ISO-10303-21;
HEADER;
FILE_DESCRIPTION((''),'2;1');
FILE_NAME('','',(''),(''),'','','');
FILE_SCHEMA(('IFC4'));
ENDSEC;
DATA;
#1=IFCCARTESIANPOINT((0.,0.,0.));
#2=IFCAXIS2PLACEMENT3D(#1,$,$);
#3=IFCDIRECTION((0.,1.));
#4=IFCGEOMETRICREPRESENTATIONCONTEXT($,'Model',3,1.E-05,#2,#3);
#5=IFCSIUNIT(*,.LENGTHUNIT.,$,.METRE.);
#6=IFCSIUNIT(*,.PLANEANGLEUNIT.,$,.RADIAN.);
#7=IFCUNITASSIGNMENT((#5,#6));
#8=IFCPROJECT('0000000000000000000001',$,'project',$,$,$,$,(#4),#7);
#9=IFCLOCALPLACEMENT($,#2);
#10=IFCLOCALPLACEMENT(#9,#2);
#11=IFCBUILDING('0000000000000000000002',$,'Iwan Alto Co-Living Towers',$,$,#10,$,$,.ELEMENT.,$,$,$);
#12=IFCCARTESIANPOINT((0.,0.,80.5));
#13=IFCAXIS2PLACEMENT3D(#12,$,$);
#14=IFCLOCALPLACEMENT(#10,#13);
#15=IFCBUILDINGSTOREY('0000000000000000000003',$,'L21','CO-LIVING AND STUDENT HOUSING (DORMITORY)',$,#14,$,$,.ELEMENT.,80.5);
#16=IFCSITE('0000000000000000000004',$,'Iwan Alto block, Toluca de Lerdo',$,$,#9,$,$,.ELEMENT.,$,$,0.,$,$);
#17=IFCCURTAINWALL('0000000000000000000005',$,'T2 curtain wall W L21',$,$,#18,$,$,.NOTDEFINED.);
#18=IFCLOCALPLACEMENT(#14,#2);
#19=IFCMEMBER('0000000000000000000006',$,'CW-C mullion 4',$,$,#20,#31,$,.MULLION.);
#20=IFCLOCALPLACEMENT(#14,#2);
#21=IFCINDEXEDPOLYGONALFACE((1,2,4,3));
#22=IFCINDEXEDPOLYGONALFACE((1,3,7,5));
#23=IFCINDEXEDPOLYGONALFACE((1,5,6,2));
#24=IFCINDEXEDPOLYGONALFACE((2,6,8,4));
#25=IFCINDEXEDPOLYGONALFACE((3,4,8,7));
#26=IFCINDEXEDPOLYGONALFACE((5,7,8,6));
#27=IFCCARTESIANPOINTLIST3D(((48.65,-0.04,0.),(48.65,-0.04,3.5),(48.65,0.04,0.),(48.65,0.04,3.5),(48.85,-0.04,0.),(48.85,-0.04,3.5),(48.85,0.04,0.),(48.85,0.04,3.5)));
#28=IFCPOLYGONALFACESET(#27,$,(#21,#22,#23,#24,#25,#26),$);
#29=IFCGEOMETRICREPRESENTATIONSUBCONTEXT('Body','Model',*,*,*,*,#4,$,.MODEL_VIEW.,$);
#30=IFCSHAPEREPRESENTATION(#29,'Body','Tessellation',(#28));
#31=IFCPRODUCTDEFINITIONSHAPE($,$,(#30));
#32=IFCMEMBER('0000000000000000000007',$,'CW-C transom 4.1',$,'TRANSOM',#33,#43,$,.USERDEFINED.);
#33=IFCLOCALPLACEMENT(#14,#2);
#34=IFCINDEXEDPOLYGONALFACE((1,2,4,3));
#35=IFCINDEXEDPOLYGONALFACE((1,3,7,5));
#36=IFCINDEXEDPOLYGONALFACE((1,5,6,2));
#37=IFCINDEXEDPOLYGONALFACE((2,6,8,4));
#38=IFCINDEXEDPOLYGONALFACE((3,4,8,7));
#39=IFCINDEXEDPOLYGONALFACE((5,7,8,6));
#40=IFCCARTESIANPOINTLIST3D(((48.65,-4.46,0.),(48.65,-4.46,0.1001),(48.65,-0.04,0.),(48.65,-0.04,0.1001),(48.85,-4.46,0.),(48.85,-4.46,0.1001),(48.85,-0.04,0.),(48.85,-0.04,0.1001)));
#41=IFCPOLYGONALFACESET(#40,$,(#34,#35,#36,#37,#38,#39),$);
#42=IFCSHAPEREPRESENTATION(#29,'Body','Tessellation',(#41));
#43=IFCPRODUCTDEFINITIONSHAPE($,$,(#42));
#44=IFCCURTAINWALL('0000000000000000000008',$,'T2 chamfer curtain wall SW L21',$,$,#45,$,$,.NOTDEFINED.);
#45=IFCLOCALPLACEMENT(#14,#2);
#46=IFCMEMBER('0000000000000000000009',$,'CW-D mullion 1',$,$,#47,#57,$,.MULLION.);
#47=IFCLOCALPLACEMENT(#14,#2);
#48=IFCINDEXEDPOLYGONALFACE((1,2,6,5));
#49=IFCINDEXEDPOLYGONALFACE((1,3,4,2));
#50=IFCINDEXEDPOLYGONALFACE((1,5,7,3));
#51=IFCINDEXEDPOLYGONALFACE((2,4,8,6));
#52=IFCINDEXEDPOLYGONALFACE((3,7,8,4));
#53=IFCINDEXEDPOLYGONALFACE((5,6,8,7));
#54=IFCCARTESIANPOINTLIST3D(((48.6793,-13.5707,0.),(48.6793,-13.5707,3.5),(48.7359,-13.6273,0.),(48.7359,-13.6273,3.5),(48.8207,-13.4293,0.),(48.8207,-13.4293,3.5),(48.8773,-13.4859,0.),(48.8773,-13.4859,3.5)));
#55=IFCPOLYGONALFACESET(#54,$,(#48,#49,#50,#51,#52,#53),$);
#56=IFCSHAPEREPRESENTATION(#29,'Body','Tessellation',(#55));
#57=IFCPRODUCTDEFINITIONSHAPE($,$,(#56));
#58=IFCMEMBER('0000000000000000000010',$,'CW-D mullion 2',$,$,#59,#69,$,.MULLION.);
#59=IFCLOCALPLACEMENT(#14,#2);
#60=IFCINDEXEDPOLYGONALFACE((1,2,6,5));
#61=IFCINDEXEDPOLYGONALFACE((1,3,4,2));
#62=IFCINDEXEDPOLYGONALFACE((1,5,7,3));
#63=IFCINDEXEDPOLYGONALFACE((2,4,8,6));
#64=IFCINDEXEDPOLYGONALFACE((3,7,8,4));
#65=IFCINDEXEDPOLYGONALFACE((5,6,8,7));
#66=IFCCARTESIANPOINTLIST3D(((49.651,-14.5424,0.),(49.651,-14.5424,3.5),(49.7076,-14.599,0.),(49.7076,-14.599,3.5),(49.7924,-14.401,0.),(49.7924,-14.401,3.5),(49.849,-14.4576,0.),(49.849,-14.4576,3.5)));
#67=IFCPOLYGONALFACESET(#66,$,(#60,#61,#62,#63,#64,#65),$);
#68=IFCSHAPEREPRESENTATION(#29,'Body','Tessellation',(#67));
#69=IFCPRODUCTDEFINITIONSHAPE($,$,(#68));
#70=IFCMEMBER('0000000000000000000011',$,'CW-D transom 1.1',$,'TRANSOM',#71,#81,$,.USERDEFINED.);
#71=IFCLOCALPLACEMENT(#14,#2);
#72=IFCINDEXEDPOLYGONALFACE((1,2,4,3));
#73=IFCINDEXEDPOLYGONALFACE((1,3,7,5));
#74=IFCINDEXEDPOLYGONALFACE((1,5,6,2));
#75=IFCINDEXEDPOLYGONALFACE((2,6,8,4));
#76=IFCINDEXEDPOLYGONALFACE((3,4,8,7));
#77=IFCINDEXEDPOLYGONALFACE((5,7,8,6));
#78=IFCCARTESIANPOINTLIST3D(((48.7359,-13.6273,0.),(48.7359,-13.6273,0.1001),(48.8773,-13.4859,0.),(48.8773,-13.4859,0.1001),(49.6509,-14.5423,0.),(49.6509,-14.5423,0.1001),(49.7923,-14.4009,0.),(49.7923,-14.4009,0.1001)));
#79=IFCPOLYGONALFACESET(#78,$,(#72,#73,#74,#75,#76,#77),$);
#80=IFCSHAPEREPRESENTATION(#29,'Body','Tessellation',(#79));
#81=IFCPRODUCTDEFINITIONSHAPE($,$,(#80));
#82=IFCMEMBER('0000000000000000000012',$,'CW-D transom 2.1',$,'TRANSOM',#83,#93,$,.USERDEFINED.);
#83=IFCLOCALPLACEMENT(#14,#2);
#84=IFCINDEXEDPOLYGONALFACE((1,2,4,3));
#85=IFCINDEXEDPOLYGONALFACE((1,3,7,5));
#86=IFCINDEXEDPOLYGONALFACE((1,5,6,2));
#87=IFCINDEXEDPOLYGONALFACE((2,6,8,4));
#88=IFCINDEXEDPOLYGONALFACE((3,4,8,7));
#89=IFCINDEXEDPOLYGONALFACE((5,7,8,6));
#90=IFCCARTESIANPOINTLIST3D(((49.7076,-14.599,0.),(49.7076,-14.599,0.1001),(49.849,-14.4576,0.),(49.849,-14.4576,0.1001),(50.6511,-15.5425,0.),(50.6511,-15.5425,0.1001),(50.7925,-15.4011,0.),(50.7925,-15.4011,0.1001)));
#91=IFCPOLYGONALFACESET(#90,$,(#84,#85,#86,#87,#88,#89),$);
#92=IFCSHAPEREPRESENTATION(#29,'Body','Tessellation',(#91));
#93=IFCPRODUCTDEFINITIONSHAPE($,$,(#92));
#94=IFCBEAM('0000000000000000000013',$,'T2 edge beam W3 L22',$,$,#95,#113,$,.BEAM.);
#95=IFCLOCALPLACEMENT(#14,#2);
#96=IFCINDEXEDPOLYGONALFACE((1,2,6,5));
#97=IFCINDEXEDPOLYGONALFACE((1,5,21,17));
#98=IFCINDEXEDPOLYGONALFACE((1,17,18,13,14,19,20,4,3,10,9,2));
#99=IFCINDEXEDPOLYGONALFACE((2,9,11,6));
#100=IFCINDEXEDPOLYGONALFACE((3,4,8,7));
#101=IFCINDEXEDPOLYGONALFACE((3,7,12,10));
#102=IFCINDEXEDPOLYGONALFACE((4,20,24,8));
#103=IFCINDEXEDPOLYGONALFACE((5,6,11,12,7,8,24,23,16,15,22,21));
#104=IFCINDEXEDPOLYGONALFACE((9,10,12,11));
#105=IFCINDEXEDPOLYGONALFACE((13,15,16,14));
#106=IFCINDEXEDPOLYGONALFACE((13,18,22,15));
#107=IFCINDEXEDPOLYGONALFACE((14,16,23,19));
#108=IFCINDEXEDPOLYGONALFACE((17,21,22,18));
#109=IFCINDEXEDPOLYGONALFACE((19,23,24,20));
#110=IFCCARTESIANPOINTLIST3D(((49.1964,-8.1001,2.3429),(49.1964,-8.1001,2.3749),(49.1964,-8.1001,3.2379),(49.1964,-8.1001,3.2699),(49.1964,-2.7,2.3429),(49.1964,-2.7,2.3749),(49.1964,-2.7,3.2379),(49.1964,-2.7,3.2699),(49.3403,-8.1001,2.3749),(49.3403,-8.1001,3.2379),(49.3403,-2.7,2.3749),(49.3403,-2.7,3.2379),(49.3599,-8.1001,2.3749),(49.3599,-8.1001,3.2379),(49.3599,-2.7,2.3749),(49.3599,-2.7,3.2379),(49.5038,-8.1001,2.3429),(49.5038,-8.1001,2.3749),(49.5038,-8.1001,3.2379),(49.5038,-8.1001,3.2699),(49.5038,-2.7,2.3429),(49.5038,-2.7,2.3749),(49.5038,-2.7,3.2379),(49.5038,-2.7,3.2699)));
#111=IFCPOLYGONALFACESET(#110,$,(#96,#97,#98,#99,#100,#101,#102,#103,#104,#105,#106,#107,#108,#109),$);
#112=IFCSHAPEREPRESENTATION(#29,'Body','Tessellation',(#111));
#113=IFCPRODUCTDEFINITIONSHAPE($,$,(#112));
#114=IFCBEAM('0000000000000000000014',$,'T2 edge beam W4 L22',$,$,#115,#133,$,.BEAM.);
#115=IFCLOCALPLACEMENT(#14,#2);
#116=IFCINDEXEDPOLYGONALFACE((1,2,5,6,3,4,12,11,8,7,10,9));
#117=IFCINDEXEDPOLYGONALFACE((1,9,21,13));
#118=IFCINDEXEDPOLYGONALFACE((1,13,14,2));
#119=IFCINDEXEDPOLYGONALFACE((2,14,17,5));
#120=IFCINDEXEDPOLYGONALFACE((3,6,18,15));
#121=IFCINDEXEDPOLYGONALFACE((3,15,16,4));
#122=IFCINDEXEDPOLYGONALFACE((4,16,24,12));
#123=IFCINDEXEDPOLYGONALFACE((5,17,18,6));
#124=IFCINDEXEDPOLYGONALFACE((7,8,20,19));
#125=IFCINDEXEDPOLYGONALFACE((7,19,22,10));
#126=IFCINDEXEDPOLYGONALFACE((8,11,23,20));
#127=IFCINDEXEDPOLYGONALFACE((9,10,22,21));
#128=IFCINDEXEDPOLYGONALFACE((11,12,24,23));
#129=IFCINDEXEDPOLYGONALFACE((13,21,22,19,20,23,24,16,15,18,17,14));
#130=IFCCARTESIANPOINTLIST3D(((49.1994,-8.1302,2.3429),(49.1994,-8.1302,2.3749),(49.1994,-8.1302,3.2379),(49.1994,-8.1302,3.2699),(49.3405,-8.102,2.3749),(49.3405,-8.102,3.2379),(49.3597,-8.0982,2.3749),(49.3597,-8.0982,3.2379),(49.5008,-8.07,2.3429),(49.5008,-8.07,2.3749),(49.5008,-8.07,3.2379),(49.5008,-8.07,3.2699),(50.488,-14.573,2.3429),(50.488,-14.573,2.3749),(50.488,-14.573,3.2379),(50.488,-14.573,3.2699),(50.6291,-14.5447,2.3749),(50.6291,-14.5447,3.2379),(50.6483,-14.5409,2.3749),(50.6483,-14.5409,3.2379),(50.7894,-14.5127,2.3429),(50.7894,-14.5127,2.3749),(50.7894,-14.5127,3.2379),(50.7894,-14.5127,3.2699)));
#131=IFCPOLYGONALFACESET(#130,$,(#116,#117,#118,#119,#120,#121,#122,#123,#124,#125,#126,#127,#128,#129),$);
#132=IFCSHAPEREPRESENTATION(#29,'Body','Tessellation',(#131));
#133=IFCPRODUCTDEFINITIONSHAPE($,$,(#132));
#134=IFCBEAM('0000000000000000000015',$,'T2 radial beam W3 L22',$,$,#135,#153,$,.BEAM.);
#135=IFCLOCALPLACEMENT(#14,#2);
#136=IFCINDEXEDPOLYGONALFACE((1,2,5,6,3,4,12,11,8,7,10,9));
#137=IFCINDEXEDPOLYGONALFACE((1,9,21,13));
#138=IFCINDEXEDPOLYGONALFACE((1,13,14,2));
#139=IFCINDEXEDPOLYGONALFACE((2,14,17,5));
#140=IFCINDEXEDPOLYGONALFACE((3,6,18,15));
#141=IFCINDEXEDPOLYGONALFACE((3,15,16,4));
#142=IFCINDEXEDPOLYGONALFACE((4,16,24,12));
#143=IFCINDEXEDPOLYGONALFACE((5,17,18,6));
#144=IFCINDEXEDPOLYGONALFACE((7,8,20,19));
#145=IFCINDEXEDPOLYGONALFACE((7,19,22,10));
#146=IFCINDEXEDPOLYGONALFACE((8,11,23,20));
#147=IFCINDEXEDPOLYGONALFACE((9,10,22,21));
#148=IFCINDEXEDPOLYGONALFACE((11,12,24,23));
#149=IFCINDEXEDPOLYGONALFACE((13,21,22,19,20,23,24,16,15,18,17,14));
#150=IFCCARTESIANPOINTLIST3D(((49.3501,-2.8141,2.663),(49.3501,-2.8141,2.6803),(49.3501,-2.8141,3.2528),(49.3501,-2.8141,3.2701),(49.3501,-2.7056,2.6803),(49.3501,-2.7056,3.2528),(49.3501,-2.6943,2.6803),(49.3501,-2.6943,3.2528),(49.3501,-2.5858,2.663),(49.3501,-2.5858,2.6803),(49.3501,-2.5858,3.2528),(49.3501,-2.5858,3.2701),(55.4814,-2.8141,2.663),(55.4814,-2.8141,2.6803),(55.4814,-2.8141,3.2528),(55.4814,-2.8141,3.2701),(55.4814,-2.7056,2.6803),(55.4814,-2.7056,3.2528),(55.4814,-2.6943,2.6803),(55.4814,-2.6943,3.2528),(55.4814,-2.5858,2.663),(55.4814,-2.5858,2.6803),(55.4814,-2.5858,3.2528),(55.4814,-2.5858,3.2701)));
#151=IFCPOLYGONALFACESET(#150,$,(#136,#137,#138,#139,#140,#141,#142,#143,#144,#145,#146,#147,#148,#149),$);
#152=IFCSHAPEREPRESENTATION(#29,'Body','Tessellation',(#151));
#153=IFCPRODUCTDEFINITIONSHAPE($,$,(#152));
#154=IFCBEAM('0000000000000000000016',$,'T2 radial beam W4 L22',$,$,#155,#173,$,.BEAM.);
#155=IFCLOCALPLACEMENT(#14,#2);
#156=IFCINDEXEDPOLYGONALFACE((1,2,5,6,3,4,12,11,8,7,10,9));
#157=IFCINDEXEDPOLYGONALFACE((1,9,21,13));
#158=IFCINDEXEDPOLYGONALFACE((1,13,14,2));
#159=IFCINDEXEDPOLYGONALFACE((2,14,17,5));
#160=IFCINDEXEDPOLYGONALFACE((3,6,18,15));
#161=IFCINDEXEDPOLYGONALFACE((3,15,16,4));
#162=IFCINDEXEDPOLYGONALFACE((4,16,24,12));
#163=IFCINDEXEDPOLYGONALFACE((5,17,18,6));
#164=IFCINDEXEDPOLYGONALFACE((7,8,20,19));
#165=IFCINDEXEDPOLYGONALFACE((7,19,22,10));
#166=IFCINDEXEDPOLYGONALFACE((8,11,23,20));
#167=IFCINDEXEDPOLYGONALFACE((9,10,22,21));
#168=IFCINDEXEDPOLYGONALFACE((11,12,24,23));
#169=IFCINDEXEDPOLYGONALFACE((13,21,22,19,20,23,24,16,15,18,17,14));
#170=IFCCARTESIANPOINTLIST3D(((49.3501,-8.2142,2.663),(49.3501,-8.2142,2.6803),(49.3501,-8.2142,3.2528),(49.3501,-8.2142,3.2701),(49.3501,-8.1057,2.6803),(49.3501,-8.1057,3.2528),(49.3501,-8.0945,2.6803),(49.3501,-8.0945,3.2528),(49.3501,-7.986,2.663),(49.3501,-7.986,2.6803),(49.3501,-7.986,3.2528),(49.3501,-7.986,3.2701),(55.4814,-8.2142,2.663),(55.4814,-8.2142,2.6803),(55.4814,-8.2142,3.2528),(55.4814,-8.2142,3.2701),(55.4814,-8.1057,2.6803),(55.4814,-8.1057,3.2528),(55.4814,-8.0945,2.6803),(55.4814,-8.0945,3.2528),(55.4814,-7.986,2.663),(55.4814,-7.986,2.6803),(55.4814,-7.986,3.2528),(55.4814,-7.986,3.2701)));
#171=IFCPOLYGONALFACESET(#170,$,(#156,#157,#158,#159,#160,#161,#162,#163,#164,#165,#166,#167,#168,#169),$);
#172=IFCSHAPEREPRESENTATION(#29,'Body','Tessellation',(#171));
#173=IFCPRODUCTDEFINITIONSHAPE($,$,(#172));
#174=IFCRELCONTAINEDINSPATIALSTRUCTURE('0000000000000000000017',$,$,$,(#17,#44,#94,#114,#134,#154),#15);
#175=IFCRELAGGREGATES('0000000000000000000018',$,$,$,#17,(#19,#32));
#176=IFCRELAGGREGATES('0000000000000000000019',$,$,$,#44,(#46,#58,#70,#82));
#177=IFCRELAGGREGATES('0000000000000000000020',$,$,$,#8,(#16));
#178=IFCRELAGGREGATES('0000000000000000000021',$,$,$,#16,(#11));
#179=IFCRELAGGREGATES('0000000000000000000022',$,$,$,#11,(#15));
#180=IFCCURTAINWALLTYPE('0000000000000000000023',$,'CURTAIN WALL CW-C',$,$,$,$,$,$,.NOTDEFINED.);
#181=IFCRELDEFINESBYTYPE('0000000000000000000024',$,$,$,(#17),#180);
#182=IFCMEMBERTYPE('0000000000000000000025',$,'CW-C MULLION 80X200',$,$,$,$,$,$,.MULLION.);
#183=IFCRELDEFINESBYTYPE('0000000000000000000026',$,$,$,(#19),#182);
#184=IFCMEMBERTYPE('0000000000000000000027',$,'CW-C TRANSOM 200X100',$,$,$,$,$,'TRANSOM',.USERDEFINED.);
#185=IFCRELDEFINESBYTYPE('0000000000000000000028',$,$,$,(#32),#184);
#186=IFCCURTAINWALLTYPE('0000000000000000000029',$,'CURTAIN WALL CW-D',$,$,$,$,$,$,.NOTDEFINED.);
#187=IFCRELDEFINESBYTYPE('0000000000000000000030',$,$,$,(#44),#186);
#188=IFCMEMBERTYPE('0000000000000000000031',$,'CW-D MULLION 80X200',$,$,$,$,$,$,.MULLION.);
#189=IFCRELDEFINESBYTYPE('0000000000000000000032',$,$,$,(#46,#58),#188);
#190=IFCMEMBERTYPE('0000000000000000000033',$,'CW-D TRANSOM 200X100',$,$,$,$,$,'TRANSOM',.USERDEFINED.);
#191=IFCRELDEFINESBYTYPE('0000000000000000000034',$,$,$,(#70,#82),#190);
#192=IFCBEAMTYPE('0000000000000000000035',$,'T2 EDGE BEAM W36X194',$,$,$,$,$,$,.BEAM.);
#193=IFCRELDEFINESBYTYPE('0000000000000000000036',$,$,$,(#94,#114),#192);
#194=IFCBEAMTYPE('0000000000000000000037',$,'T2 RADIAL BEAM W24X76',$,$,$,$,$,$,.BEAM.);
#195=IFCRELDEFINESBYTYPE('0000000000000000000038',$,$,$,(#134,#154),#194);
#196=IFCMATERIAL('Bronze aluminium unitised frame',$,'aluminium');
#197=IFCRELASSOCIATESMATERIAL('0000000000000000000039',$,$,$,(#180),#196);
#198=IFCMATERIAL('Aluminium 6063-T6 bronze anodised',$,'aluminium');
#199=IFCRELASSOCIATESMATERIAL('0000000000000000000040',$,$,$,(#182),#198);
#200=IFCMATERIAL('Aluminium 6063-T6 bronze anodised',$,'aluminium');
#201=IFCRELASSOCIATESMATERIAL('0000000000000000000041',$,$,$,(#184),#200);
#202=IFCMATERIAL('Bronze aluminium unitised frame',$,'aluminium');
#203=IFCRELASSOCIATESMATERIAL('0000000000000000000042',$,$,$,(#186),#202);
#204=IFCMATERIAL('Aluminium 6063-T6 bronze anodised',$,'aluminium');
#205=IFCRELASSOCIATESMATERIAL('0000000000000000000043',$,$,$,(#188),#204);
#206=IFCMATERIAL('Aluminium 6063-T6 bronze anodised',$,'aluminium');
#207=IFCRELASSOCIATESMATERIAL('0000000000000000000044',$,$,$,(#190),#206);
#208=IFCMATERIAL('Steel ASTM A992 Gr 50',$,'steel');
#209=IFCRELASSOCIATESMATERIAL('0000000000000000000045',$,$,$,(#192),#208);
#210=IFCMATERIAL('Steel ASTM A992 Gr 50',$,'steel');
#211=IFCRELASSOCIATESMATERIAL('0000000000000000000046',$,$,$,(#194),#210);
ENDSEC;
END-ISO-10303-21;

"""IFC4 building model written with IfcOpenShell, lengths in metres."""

from ifc_helpers import new_model, si_unit, direction, frame, origin, origin_2d, place, context, subcontext, project, spatial, rectangle, i_section, extrude, material, material_profile, profile_set, type_object, element, aggregate, save


model = new_model("IFC4")

# Units and contexts
model_context = context("Model", 3, precision=1e-05, world=origin(), true_north=direction((0.0, 1.0)))
body_context = subcontext(model_context, "Body", "Model", "MODEL_VIEW")
ifc_project = project(units=[si_unit("LENGTHUNIT", "METRE"), si_unit("PLANEANGLEUNIT", "RADIAN")], contexts=[model_context])

# Site, building, storey
site_placement = place(None, origin())
site = spatial("IfcSite", under=ifc_project, at=site_placement, Name="Iwan Alto block, Toluca de Lerdo", CompositionType="ELEMENT", RefElevation=0.0)
building_placement = place(site_placement, origin())
building = spatial("IfcBuilding", under=site, at=building_placement, Name="Iwan Alto Co-Living Towers", CompositionType="ELEMENT")
storey_placement = place(building_placement, frame((0.0, 0.0, 80.5)))
storey = spatial("IfcBuildingStorey", under=building, at=storey_placement, Name="L21", Description="CO-LIVING AND STUDENT HOUSING (DORMITORY)", CompositionType="ELEMENT", Elevation=80.5)

# Curtain walls, members
ifc_material_1 = material(Name="Bronze aluminium unitised frame", Category="aluminium")
curtain_wall_type_1 = type_object("IfcCurtainWallType", Name="CURTAIN WALL CW-C", PredefinedType="NOTDEFINED", material=ifc_material_1)
curtain_wall_1_placement = place(storey_placement, origin())
curtain_wall_1 = element("IfcCurtainWall", 1, at=curtain_wall_1_placement, inside=storey, type_object=curtain_wall_type_1, Name="T2 curtain wall W L21", PredefinedType="NOTDEFINED")
ifc_material_2 = material(Name="Aluminium 6063-T6 bronze anodised", Category="aluminium")
ifc_material_profile_1 = material_profile(ifc_material_2, rectangle(XDim=0.2, YDim=0.0801, at=origin_2d()), Name="AL 80X200")
ifc_profile_set_1 = profile_set([ifc_material_profile_1], Name="Aluminium 6063-T6 bronze anodised")
member_type_1 = type_object("IfcMemberType", Name="CW-C MULLION 80X200", PredefinedType="MULLION", material=ifc_profile_set_1)
member_1_placement = place(storey_placement, frame((48.75, 0.0, 0.0), z_axis=(0.0, 0.0, 1.0), x_axis=(1.0, 0.0, 0.0)))
member_1 = element("IfcMember", 2, at=member_1_placement, type_object=member_type_1, Name="CW-C mullion 4", PredefinedType="MULLION", context=body_context, shape_type="SweptSolid", body=[
    extrude(rectangle(XDim=0.2, YDim=0.0801, at=origin_2d()), origin(), (0.0, 0.0, 1.0), 3.5),
])
ifc_material_3 = material(Name="Aluminium 6063-T6 bronze anodised", Category="aluminium")
ifc_material_profile_2 = material_profile(ifc_material_3, rectangle(XDim=0.2, YDim=0.1001, at=origin_2d()), Name="AL 200X100")
ifc_profile_set_2 = profile_set([ifc_material_profile_2], Name="Aluminium 6063-T6 bronze anodised")
member_type_2 = type_object("IfcMemberType", Name="CW-C TRANSOM 200X100", ElementType="TRANSOM", PredefinedType="USERDEFINED", material=ifc_profile_set_2)
member_2_placement = place(storey_placement, frame((48.75, -0.04, 0.05), z_axis=(0.0, -1.0, 0.0), x_axis=(1.0, 0.0, 0.0)))
member_2 = element("IfcMember", 3, at=member_2_placement, type_object=member_type_2, Name="CW-C transom 4.1", ObjectType="TRANSOM", PredefinedType="USERDEFINED", context=body_context, shape_type="SweptSolid", body=[
    extrude(rectangle(XDim=0.2, YDim=0.1001, at=origin_2d()), origin(), (0.0, 0.0, 1.0), 4.4199),
])
ifc_material_4 = material(Name="Bronze aluminium unitised frame", Category="aluminium")
curtain_wall_type_2 = type_object("IfcCurtainWallType", Name="CURTAIN WALL CW-D", PredefinedType="NOTDEFINED", material=ifc_material_4)
curtain_wall_2_placement = place(storey_placement, origin())
curtain_wall_2 = element("IfcCurtainWall", 4, at=curtain_wall_2_placement, inside=storey, type_object=curtain_wall_type_2, Name="T2 chamfer curtain wall SW L21", PredefinedType="NOTDEFINED")
ifc_material_5 = material(Name="Aluminium 6063-T6 bronze anodised", Category="aluminium")
ifc_material_profile_3 = material_profile(ifc_material_5, rectangle(XDim=0.2, YDim=0.0801, at=origin_2d()), Name="AL 80X200")
ifc_profile_set_3 = profile_set([ifc_material_profile_3], Name="Aluminium 6063-T6 bronze anodised")
member_type_3 = type_object("IfcMemberType", Name="CW-D MULLION 80X200", PredefinedType="MULLION", material=ifc_profile_set_3)
member_3_placement = place(storey_placement, frame((48.7783, -13.5283, 0.0), z_axis=(0.0, 0.0, 1.0), x_axis=(0.707107, 0.707107, 0.0)))
member_3 = element("IfcMember", 5, at=member_3_placement, type_object=member_type_3, Name="CW-D mullion 1", PredefinedType="MULLION", context=body_context, shape_type="SweptSolid", body=[
    extrude(rectangle(XDim=0.2, YDim=0.0801, at=origin_2d()), origin(), (0.0, 0.0, 1.0), 3.5),
])
member_4_placement = place(storey_placement, frame((49.75, -14.5, 0.0), z_axis=(0.0, 0.0, 1.0), x_axis=(0.707107, 0.707107, 0.0)))
member_4 = element("IfcMember", 6, at=member_4_placement, type_object=member_type_3, Name="CW-D mullion 2", PredefinedType="MULLION", context=body_context, shape_type="SweptSolid", body=[
    extrude(rectangle(XDim=0.2, YDim=0.0801, at=origin_2d()), origin(), (0.0, 0.0, 1.0), 3.5),
])
ifc_material_6 = material(Name="Aluminium 6063-T6 bronze anodised", Category="aluminium")
ifc_material_profile_4 = material_profile(ifc_material_6, rectangle(XDim=0.2, YDim=0.1001, at=origin_2d()), Name="AL 200X100")
ifc_profile_set_4 = profile_set([ifc_material_profile_4], Name="Aluminium 6063-T6 bronze anodised")
member_type_4 = type_object("IfcMemberType", Name="CW-D TRANSOM 200X100", ElementType="TRANSOM", PredefinedType="USERDEFINED", material=ifc_profile_set_4)
member_5_placement = place(storey_placement, frame((48.8066, -13.5566, 0.05), z_axis=(0.707107, -0.707107, 0.0), x_axis=(0.707107, 0.707107, 0.0)))
member_5 = element("IfcMember", 7, at=member_5_placement, type_object=member_type_4, Name="CW-D transom 1.1", ObjectType="TRANSOM", PredefinedType="USERDEFINED", context=body_context, shape_type="SweptSolid", body=[
    extrude(rectangle(XDim=0.2, YDim=0.1001, at=origin_2d()), origin(), (0.0, 0.0, 1.0), 1.2939),
])
member_6_placement = place(storey_placement, frame((49.7783, -14.5283, 0.05), z_axis=(0.707107, -0.707107, 0.0), x_axis=(0.707107, 0.707107, 0.0)))
member_6 = element("IfcMember", 8, at=member_6_placement, type_object=member_type_4, Name="CW-D transom 2.1", ObjectType="TRANSOM", PredefinedType="USERDEFINED", context=body_context, shape_type="SweptSolid", body=[
    extrude(rectangle(XDim=0.2, YDim=0.1001, at=origin_2d()), origin(), (0.0, 0.0, 1.0), 1.3342),
])

# Beams
ifc_material_7 = material(Name="Steel ASTM A992 Gr 50", Category="steel")
ifc_material_profile_5 = material_profile(ifc_material_7, i_section(OverallWidth=0.3074, OverallDepth=0.927, WebThickness=0.0195, FlangeThickness=0.032, at=origin_2d()), Name="W36X194")
ifc_profile_set_5 = profile_set([ifc_material_profile_5], Name="Steel ASTM A992 Gr 50")
beam_type_1 = type_object("IfcBeamType", Name="T2 EDGE BEAM W36X194", PredefinedType="BEAM", material=ifc_profile_set_5)
beam_1_placement = place(storey_placement, frame((49.3501, -2.7, 2.8064), z_axis=(0.0, -1.0, 0.0), x_axis=(1.0, 0.0, 0.0)))
element("IfcBeam", 9, at=beam_1_placement, inside=storey, type_object=beam_type_1, Name="T2 edge beam W3 L22", PredefinedType="BEAM", context=body_context, shape_type="SweptSolid", body=[
    extrude(i_section(OverallWidth=0.3074, OverallDepth=0.927, WebThickness=0.0195, FlangeThickness=0.032, at=origin_2d()), origin(), (0.0, 0.0, 1.0), 5.4001),
])
beam_2_placement = place(storey_placement, frame((49.3501, -8.1001, 2.8064), z_axis=(0.196123, -0.980579, 0.0), x_axis=(0.980579, 0.196123, 0.0)))
element("IfcBeam", 10, at=beam_2_placement, inside=storey, type_object=beam_type_1, Name="T2 edge beam W4 L22", PredefinedType="BEAM", context=body_context, shape_type="SweptSolid", body=[
    extrude(i_section(OverallWidth=0.3074, OverallDepth=0.927, WebThickness=0.0195, FlangeThickness=0.032, at=origin_2d()), origin(), (0.0, 0.0, 1.0), 6.5703),
])
ifc_material_8 = material(Name="Steel ASTM A992 Gr 50", Category="steel")
ifc_material_profile_6 = material_profile(ifc_material_8, i_section(OverallWidth=0.2283, OverallDepth=0.6072, WebThickness=0.0112, FlangeThickness=0.0173, at=origin_2d()), Name="W24X76")
ifc_profile_set_6 = profile_set([ifc_material_profile_6], Name="Steel ASTM A992 Gr 50")
beam_type_2 = type_object("IfcBeamType", Name="T2 RADIAL BEAM W24X76", PredefinedType="BEAM", material=ifc_profile_set_6)
for number, where, z_axis, x_axis, name in (
    (11, (49.3501, -2.7, 2.9666), (1.0, 0.0, 0.0), (0.0, 1.0, 0.0), "T2 radial beam W3 L22"),
    (12, (49.3501, -8.1001, 2.9666), (1.0, 0.0, 0.0), (0.0, 1.0, 0.0), "T2 radial beam W4 L22"),
):
    element("IfcBeam", number, at=place(storey_placement, frame(where, z_axis=z_axis, x_axis=x_axis)), inside=storey, type_object=beam_type_2, Name=name, PredefinedType="BEAM", context=body_context, shape_type="SweptSolid", body=[
        extrude(i_section(OverallWidth=0.2283, OverallDepth=0.6072, WebThickness=0.0112, FlangeThickness=0.0173, at=origin_2d()), origin(), (0.0, 0.0, 1.0), 6.1313),
    ])

aggregate(curtain_wall_1, [member_1, member_2])
aggregate(curtain_wall_2, [member_3, member_4, member_5, member_6])

save(model, "model.ifc")
